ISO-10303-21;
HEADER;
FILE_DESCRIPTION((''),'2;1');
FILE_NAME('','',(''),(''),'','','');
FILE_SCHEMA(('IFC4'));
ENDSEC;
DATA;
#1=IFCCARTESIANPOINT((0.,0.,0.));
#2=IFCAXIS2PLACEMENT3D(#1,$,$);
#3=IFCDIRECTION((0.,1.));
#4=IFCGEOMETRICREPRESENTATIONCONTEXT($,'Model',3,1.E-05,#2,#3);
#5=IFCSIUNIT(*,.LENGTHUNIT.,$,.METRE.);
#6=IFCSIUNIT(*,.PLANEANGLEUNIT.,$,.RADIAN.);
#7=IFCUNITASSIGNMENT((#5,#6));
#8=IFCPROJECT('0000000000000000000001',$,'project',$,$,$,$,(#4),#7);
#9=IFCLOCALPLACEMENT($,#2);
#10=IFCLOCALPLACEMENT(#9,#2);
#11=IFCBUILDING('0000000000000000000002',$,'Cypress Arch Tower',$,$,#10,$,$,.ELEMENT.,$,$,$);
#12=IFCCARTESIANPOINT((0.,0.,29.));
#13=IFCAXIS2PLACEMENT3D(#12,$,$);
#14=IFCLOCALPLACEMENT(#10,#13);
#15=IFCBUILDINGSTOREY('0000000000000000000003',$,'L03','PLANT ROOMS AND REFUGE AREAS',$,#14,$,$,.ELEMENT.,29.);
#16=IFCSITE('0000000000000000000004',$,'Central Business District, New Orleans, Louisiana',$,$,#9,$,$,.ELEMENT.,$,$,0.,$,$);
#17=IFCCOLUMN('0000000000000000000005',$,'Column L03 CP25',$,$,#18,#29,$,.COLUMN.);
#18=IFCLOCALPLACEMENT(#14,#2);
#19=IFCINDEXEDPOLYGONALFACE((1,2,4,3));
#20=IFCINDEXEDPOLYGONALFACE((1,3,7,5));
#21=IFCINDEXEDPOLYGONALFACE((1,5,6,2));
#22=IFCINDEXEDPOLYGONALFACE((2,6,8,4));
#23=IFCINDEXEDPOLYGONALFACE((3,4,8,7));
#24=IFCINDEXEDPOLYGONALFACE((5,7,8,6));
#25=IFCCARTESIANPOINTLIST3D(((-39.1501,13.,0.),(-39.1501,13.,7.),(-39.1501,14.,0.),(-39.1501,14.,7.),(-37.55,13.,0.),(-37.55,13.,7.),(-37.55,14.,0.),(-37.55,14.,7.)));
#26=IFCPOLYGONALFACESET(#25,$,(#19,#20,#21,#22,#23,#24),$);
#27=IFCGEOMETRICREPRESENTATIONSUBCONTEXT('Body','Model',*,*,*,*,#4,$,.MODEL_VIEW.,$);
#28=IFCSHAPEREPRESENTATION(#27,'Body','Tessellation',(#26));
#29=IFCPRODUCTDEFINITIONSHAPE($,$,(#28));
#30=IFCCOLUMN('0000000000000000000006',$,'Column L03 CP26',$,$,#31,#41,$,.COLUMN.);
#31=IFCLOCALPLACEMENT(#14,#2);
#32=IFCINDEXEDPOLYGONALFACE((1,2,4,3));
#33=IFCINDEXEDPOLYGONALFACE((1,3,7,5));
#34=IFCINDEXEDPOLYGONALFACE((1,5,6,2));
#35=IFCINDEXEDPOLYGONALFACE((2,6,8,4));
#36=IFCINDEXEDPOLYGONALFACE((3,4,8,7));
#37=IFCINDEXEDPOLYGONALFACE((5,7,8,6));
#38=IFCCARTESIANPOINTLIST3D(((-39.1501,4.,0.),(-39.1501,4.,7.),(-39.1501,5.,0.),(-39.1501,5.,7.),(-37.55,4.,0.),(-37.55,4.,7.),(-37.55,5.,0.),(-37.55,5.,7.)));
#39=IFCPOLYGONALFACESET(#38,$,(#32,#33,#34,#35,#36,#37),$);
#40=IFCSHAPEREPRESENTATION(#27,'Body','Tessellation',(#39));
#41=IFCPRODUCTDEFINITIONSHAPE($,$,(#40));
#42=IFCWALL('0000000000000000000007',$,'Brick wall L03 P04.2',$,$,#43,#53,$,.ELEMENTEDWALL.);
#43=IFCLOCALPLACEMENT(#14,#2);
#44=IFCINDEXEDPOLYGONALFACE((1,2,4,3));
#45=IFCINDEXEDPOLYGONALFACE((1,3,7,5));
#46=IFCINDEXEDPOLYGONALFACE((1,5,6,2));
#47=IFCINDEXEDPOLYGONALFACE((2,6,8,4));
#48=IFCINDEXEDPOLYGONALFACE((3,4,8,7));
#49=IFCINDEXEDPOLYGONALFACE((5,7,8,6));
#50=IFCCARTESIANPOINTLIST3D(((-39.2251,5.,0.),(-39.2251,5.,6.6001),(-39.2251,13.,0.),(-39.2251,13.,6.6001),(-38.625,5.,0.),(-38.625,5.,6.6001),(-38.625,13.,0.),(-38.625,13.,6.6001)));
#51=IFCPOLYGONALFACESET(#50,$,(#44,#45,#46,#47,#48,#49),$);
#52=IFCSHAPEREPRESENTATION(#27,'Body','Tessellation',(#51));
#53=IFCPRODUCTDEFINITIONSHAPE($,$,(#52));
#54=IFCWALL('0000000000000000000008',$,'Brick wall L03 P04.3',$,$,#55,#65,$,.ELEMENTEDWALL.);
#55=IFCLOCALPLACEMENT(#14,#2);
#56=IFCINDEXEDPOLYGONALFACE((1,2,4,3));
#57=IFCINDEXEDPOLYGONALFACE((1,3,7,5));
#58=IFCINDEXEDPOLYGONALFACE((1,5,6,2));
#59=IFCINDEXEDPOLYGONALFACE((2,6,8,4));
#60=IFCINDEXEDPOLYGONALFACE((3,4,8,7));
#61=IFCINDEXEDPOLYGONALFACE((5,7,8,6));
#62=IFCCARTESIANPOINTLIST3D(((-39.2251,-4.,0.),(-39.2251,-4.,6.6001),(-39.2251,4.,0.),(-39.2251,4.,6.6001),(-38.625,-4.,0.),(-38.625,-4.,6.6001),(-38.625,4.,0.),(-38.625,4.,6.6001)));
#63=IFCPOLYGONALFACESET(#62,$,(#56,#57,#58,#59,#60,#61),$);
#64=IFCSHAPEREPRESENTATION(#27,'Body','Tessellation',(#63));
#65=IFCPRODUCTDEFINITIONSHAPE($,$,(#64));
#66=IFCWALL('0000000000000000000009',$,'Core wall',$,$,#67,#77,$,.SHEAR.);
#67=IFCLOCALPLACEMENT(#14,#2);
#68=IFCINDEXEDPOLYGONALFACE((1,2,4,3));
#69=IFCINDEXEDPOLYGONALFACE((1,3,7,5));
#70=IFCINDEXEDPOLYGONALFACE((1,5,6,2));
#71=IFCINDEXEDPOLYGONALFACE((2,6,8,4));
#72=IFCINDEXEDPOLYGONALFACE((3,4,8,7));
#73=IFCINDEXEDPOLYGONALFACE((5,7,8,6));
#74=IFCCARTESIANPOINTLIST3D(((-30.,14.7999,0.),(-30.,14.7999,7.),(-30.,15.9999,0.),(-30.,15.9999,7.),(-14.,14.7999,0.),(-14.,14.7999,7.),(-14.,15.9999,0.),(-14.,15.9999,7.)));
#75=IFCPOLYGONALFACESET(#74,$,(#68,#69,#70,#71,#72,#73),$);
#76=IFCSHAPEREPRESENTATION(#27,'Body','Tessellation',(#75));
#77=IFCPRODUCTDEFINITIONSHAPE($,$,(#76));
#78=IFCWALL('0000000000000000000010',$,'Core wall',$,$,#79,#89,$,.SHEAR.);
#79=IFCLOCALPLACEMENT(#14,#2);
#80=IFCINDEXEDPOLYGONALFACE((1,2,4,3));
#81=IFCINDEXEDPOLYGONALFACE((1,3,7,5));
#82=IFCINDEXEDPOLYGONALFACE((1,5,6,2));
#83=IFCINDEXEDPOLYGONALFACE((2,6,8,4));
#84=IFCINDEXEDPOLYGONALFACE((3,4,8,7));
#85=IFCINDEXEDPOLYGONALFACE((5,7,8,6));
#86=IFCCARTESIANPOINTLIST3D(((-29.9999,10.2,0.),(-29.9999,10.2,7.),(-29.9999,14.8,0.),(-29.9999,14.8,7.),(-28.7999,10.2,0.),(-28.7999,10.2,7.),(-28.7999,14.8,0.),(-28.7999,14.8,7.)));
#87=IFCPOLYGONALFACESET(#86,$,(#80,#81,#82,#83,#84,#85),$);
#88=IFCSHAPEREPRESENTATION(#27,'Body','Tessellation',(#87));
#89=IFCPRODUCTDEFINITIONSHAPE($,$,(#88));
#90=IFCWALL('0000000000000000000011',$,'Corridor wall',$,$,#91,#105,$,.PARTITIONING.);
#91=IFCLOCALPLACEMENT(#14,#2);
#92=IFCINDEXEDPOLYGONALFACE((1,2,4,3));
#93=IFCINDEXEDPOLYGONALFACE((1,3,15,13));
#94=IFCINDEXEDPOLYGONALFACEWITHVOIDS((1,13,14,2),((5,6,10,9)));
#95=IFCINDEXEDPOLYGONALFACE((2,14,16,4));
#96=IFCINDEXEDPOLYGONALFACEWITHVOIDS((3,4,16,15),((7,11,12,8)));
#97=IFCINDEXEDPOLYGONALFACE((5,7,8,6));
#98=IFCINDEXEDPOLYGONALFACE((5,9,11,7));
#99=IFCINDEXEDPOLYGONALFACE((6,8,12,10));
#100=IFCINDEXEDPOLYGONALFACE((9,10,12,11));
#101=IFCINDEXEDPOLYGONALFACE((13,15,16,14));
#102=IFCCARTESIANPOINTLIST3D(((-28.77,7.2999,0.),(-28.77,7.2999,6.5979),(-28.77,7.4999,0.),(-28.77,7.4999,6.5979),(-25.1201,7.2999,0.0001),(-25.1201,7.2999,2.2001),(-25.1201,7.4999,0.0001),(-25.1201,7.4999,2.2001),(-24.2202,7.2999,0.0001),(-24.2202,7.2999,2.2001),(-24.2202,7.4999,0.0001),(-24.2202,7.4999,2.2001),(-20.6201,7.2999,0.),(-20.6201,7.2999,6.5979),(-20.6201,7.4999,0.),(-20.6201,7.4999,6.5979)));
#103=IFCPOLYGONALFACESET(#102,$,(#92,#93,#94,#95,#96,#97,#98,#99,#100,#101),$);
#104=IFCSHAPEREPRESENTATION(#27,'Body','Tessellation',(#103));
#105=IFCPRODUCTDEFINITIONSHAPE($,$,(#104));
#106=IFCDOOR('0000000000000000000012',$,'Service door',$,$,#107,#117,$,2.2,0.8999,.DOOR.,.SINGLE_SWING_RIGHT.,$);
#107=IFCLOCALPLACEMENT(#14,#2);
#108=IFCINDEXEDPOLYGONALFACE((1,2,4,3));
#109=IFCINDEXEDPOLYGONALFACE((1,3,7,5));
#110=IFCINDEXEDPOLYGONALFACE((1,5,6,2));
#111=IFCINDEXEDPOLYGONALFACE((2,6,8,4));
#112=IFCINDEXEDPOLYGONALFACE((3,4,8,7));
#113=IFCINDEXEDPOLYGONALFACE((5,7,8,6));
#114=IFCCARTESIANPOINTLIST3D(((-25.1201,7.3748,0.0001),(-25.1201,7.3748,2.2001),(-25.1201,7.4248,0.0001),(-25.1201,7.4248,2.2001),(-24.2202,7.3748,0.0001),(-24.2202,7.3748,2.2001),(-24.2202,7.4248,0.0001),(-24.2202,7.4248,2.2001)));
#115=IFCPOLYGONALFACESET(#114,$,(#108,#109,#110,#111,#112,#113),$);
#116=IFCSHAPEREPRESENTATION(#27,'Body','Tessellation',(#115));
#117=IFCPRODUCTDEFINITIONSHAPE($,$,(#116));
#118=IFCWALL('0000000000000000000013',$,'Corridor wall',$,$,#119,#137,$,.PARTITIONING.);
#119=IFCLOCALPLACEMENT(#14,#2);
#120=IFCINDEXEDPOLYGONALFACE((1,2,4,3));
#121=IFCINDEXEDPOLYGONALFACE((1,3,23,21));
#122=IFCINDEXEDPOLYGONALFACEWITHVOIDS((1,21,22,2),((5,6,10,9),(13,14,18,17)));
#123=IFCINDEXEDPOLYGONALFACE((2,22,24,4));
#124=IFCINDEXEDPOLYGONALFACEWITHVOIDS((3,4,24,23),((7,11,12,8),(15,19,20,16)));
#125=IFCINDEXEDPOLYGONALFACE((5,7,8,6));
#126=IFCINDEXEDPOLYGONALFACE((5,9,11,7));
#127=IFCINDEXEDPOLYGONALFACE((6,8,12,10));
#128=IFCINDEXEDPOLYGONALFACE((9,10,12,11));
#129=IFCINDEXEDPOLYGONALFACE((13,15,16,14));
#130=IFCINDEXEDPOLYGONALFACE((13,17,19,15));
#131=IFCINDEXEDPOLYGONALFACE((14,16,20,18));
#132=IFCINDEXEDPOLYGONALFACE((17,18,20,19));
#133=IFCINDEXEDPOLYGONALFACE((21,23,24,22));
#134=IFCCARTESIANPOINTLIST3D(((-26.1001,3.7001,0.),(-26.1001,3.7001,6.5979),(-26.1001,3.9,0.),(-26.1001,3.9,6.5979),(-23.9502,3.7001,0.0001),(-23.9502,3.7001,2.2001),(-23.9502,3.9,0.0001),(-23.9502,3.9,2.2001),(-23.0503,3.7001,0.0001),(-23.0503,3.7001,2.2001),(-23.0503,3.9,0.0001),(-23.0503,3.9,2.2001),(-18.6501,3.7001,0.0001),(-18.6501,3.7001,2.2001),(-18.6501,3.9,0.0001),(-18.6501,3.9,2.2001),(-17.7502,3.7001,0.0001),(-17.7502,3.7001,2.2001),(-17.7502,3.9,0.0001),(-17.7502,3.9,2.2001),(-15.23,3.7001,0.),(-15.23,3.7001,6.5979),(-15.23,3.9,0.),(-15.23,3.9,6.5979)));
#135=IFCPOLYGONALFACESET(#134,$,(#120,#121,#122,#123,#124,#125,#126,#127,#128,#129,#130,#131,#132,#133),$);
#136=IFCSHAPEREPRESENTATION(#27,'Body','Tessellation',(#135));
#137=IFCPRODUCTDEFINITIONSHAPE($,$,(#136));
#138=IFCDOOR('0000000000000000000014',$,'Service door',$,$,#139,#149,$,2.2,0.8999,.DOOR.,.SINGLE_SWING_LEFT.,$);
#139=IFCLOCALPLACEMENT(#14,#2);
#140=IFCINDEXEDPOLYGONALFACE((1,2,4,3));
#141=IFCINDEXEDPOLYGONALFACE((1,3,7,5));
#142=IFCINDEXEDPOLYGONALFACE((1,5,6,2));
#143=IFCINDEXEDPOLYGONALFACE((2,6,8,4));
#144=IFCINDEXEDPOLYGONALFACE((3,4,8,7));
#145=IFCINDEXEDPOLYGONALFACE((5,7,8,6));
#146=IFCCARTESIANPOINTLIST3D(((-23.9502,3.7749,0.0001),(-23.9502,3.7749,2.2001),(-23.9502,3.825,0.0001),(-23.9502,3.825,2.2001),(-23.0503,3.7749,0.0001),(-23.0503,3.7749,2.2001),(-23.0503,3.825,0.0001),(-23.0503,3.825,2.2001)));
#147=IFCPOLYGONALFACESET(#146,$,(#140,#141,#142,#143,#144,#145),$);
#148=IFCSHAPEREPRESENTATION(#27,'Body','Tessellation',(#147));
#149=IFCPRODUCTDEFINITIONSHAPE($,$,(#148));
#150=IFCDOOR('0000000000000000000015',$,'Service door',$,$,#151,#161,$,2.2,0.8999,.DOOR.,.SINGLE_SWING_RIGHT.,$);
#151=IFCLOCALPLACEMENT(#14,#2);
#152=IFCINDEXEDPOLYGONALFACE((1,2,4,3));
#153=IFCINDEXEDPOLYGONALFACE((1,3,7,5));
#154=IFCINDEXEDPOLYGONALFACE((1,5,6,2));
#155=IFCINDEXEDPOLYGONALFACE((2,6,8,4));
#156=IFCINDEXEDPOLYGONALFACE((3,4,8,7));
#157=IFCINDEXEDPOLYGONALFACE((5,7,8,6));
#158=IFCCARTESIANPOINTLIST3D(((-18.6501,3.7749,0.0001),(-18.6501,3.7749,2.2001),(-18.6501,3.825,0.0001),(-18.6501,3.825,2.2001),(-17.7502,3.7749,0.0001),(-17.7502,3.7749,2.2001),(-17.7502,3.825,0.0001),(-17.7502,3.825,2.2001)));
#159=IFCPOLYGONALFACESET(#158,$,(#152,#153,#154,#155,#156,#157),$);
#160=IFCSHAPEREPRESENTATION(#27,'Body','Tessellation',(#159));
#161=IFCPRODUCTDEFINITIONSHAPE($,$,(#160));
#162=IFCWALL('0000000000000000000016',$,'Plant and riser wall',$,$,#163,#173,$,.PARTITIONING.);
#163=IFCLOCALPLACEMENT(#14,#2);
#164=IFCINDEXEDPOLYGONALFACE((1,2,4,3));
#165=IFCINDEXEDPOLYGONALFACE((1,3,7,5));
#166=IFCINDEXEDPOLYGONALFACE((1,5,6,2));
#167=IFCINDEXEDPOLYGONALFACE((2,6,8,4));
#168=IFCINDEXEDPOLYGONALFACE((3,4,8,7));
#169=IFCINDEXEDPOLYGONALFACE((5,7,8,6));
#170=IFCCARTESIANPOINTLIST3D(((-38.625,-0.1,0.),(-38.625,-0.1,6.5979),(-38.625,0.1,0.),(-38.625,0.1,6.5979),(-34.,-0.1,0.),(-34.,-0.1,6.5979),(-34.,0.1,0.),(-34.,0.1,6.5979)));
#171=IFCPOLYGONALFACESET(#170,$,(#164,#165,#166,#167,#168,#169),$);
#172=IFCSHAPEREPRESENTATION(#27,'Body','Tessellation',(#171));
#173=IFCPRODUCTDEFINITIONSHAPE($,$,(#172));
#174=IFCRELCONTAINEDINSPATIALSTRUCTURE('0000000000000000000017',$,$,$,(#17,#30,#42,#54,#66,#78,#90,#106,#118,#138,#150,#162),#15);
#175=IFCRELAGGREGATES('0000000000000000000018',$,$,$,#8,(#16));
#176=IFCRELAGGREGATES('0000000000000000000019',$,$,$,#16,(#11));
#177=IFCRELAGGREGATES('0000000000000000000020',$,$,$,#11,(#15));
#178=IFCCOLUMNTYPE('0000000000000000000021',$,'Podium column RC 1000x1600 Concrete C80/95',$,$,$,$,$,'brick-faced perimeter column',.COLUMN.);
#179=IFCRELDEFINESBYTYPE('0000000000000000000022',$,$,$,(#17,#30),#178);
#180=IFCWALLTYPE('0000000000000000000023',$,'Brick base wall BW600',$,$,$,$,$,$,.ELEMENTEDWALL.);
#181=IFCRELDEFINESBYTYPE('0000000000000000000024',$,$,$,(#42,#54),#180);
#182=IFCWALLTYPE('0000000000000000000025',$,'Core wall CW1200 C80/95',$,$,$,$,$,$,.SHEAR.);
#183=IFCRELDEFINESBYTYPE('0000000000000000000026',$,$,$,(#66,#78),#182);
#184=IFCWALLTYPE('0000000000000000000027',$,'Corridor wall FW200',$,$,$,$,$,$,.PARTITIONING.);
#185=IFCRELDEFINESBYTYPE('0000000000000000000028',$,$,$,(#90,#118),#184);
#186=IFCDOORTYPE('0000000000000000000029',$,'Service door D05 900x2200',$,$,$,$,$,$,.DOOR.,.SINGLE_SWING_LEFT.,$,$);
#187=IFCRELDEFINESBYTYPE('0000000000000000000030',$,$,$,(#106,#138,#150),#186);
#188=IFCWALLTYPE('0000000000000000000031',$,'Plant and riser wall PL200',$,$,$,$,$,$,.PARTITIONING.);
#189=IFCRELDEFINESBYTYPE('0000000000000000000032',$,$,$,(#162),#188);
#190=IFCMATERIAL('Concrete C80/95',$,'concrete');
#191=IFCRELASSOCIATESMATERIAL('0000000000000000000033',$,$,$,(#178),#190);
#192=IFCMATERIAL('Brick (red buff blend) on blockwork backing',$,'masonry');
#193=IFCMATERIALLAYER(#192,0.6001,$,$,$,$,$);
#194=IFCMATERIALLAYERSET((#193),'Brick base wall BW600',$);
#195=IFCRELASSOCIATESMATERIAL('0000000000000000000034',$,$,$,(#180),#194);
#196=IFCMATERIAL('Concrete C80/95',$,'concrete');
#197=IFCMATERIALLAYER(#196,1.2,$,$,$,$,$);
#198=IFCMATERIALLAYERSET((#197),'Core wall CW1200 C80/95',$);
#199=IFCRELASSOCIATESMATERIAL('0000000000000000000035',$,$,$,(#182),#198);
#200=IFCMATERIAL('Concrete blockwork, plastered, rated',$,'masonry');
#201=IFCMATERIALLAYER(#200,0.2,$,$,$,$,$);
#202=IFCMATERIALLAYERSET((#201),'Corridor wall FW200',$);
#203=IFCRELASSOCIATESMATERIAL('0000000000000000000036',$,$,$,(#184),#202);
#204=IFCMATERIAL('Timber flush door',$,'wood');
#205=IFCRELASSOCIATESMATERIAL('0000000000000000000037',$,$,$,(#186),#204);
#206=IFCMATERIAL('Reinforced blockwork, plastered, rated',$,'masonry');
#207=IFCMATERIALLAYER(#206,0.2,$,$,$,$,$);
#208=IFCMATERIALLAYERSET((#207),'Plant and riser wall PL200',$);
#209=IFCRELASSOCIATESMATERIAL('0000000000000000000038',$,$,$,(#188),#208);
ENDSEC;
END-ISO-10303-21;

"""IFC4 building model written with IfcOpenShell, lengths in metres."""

from ifc_helpers import new_model, si_unit, direction, frame, frame_2d, origin, origin_2d, place, context, subcontext, project, spatial, rectangle, extrude, material, layer, layer_set, material_profile, profile_set, type_object, element, fill, save


model = new_model("IFC4")

# Units and contexts
model_context = context("Model", 3, precision=1e-05, world=origin(), true_north=direction((0.0, 1.0)))
body_context = subcontext(model_context, "Body", "Model", "MODEL_VIEW")
ifc_project = project(units=[si_unit("LENGTHUNIT", "METRE"), si_unit("PLANEANGLEUNIT", "RADIAN")], contexts=[model_context])

# Site, building, storey
site_placement = place(None, origin())
site = spatial("IfcSite", under=ifc_project, at=site_placement, Name="Central Business District, New Orleans, Louisiana", CompositionType="ELEMENT", RefElevation=0.0)
building_placement = place(site_placement, origin())
building = spatial("IfcBuilding", under=site, at=building_placement, Name="Cypress Arch Tower", CompositionType="ELEMENT")
storey_placement = place(building_placement, frame((0.0, 0.0, 29.0)))
storey = spatial("IfcBuildingStorey", under=building, at=storey_placement, Name="L03", Description="PLANT ROOMS AND REFUGE AREAS", CompositionType="ELEMENT", Elevation=29.0)

# Columns
ifc_material_1 = material(Name="Concrete C80/95", Category="concrete")
ifc_material_profile = material_profile(ifc_material_1, rectangle(XDim=1.0, YDim=1.6001, at=origin_2d()), Name="RC 1000x1600")
ifc_profile_set = profile_set([ifc_material_profile], Name="Concrete C80/95")
column_type = type_object("IfcColumnType", Name="Podium column RC 1000x1600 Concrete C80/95", ElementType="brick-faced perimeter column", PredefinedType="COLUMN", material=ifc_profile_set)
for number, where, z_axis, x_axis, name in (
    (1, (-38.3501, 13.5, 0.0), (0.0, 0.0, 1.0), (0.0, -1.0, 0.0), "Column L03 CP25"),
    (2, (-38.3501, 4.5, 0.0), (0.0, 0.0, 1.0), (0.0, -1.0, 0.0), "Column L03 CP26"),
):
    element("IfcColumn", number, at=place(storey_placement, frame(where, z_axis=z_axis, x_axis=x_axis)), inside=storey, type_object=column_type, Name=name, PredefinedType="COLUMN", context=body_context, shape_type="SweptSolid", body=[
        extrude(rectangle(XDim=1.0, YDim=1.6001, at=origin_2d()), origin(), (0.0, 0.0, 1.0), 7.0),
    ])

# Walls
ifc_material_2 = material(Name="Brick (red buff blend) on blockwork backing", Category="masonry")
ifc_layer_1 = layer(ifc_material_2, 0.6001)
ifc_layer_set_1 = layer_set([ifc_layer_1], Name="Brick base wall BW600")
wall_type_1 = type_object("IfcWallType", Name="Brick base wall BW600", PredefinedType="ELEMENTEDWALL", material=ifc_layer_set_1)
for number, where, z_axis, x_axis, name in (
    (3, (-38.925, 13.0, 0.0), (0.0, 0.0, 1.0), (0.0, -1.0, 0.0), "Brick wall L03 P04.2"),
    (4, (-38.925, 4.0, 0.0), (0.0, 0.0, 1.0), (0.0, -1.0, 0.0), "Brick wall L03 P04.3"),
):
    element("IfcWall", number, at=place(storey_placement, frame(where, z_axis=z_axis, x_axis=x_axis)), inside=storey, type_object=wall_type_1, Name=name, PredefinedType="ELEMENTEDWALL", context=body_context, shape_type="SweptSolid", body=[
        extrude(rectangle(XDim=8.0, YDim=0.6001, at=frame_2d((4.0, 0.0))), origin(), (0.0, 0.0, 1.0), 6.6001),
    ])
ifc_material_3 = material(Name="Concrete C80/95", Category="concrete")
ifc_layer_2 = layer(ifc_material_3, 1.2)
ifc_layer_set_2 = layer_set([ifc_layer_2], Name="Core wall CW1200 C80/95")
wall_type_2 = type_object("IfcWallType", Name="Core wall CW1200 C80/95", PredefinedType="SHEAR", material=ifc_layer_set_2)
wall_1_placement = place(storey_placement, frame((-30.0, 15.3999, 0.0), z_axis=(0.0, 0.0, 1.0), x_axis=(1.0, 0.0, 0.0)))
element("IfcWall", 5, at=wall_1_placement, inside=storey, type_object=wall_type_2, Name="Core wall", PredefinedType="SHEAR", context=body_context, shape_type="SweptSolid", body=[
    extrude(rectangle(XDim=16.0, YDim=1.2, at=frame_2d((8.0, 0.0))), origin(), (0.0, 0.0, 1.0), 7.0),
])
wall_2_placement = place(storey_placement, frame((-29.3999, 10.2, 0.0), z_axis=(0.0, 0.0, 1.0), x_axis=(0.0, 1.0, 0.0)))
element("IfcWall", 6, at=wall_2_placement, inside=storey, type_object=wall_type_2, Name="Core wall", PredefinedType="SHEAR", context=body_context, shape_type="SweptSolid", body=[
    extrude(rectangle(XDim=4.6001, YDim=1.2, at=frame_2d((2.3, 0.0))), origin(), (0.0, 0.0, 1.0), 7.0),
])

# Wall, opening, door
ifc_material_4 = material(Name="Concrete blockwork, plastered, rated", Category="masonry")
ifc_layer_3 = layer(ifc_material_4, 0.2)
ifc_layer_set_3 = layer_set([ifc_layer_3], Name="Corridor wall FW200")
wall_type_3 = type_object("IfcWallType", Name="Corridor wall FW200", PredefinedType="PARTITIONING", material=ifc_layer_set_3)
wall_3_placement = place(storey_placement, frame((-28.77, 7.3999, 0.0), z_axis=(0.0, 0.0, 1.0), x_axis=(1.0, 0.0, 0.0)))
wall_3 = element("IfcWall", 7, at=wall_3_placement, inside=storey, type_object=wall_type_3, Name="Corridor wall", PredefinedType="PARTITIONING", context=body_context, shape_type="SweptSolid", body=[
    extrude(rectangle(XDim=8.1499, YDim=0.2, at=frame_2d((4.075, 0.0))), origin(), (0.0, 0.0, 1.0), 6.5979),
])
opening_1_placement = place(wall_3_placement, frame((3.6499, 0.0, 0.0)))
opening_1 = element("IfcOpeningElement", 8, at=opening_1_placement, cuts=wall_3, PredefinedType="OPENING", context=body_context, shape_type="SweptSolid", body=[
    extrude(rectangle(XDim=0.8999, YDim=2.2, at=frame_2d((0.45, 1.1001))), frame((0.0, 0.1099, 0.0), z_axis=(0.0, -1.0, 0.0), x_axis=(1.0, 0.0, 0.0)), (0.0, 0.0, 1.0), 0.22),
])
ifc_material_5 = material(Name="Timber flush door", Category="wood")
door_type = type_object("IfcDoorType", Name="Service door D05 900x2200", OperationType="SINGLE_SWING_LEFT", PredefinedType="DOOR", material=ifc_material_5)
door_1_placement = place(opening_1_placement, origin())
door_1 = element("IfcDoor", 9, at=door_1_placement, inside=storey, type_object=door_type, Name="Service door", OperationType="SINGLE_SWING_RIGHT", OverallHeight=2.2, OverallWidth=0.8999, PredefinedType="DOOR", context=body_context, shape_type="SweptSolid", body=[
    extrude(rectangle(XDim=0.8999, YDim=2.2, at=frame_2d((0.45, 1.1001))), frame((0.0, 0.0249, 0.0), z_axis=(0.0, -1.0, 0.0), x_axis=(1.0, 0.0, 0.0)), (0.0, 0.0, 1.0), 0.05),
])
fill(opening_1, door_1)

# Wall, openings, doors
wall_4_placement = place(storey_placement, frame((-26.1001, 3.8, 0.0), z_axis=(0.0, 0.0, 1.0), x_axis=(1.0, 0.0, 0.0)))
wall_4 = element("IfcWall", 10, at=wall_4_placement, inside=storey, type_object=wall_type_3, Name="Corridor wall", PredefinedType="PARTITIONING", context=body_context, shape_type="SweptSolid", body=[
    extrude(rectangle(XDim=10.8701, YDim=0.2, at=frame_2d((5.4351, 0.0))), origin(), (0.0, 0.0, 1.0), 6.5979),
])
opening_2_placement = place(wall_4_placement, frame((2.1499, 0.0, 0.0)))
opening_2 = element("IfcOpeningElement", 11, at=opening_2_placement, cuts=wall_4, PredefinedType="OPENING", context=body_context, shape_type="SweptSolid", body=[
    extrude(rectangle(XDim=0.8999, YDim=2.2, at=frame_2d((0.45, 1.1001))), frame((0.0, 0.1099, 0.0), z_axis=(0.0, -1.0, 0.0), x_axis=(1.0, 0.0, 0.0)), (0.0, 0.0, 1.0), 0.22),
])
opening_3_placement = place(wall_4_placement, frame((7.45, 0.0, 0.0)))
opening_3 = element("IfcOpeningElement", 12, at=opening_3_placement, cuts=wall_4, PredefinedType="OPENING", context=body_context, shape_type="SweptSolid", body=[
    extrude(rectangle(XDim=0.8999, YDim=2.2, at=frame_2d((0.45, 1.1001))), frame((0.0, 0.1099, 0.0), z_axis=(0.0, -1.0, 0.0), x_axis=(1.0, 0.0, 0.0)), (0.0, 0.0, 1.0), 0.22),
])
door_2_placement = place(opening_2_placement, origin())
door_2 = element("IfcDoor", 13, at=door_2_placement, inside=storey, type_object=door_type, Name="Service door", OperationType="SINGLE_SWING_LEFT", OverallHeight=2.2, OverallWidth=0.8999, PredefinedType="DOOR", context=body_context, shape_type="SweptSolid", body=[
    extrude(rectangle(XDim=0.8999, YDim=2.2, at=frame_2d((0.45, 1.1001))), frame((0.0, 0.0249, 0.0), z_axis=(0.0, -1.0, 0.0), x_axis=(1.0, 0.0, 0.0)), (0.0, 0.0, 1.0), 0.05),
])
fill(opening_2, door_2)
door_3_placement = place(opening_3_placement, origin())
door_3 = element("IfcDoor", 14, at=door_3_placement, inside=storey, type_object=door_type, Name="Service door", OperationType="SINGLE_SWING_RIGHT", OverallHeight=2.2, OverallWidth=0.8999, PredefinedType="DOOR", context=body_context, shape_type="SweptSolid", body=[
    extrude(rectangle(XDim=0.8999, YDim=2.2, at=frame_2d((0.45, 1.1001))), frame((0.0, 0.0249, 0.0), z_axis=(0.0, -1.0, 0.0), x_axis=(1.0, 0.0, 0.0)), (0.0, 0.0, 1.0), 0.05),
])
fill(opening_3, door_3)

# Wall
ifc_material_6 = material(Name="Reinforced blockwork, plastered, rated", Category="masonry")
ifc_layer_4 = layer(ifc_material_6, 0.2)
ifc_layer_set_4 = layer_set([ifc_layer_4], Name="Plant and riser wall PL200")
wall_type_4 = type_object("IfcWallType", Name="Plant and riser wall PL200", PredefinedType="PARTITIONING", material=ifc_layer_set_4)
for number, where, z_axis, x_axis, name in (
    (15, (-38.625, 0.0, 0.0), (0.0, 0.0, 1.0), (1.0, 0.0, 0.0), "Plant and riser wall"),
):
    element("IfcWall", number, at=place(storey_placement, frame(where, z_axis=z_axis, x_axis=x_axis)), inside=storey, type_object=wall_type_4, Name=name, PredefinedType="PARTITIONING", context=body_context, shape_type="SweptSolid", body=[
        extrude(rectangle(XDim=4.625, YDim=0.2, at=frame_2d((2.3125, 0.0))), origin(), (0.0, 0.0, 1.0), 6.5979),
    ])

save(model, "model.ifc")
